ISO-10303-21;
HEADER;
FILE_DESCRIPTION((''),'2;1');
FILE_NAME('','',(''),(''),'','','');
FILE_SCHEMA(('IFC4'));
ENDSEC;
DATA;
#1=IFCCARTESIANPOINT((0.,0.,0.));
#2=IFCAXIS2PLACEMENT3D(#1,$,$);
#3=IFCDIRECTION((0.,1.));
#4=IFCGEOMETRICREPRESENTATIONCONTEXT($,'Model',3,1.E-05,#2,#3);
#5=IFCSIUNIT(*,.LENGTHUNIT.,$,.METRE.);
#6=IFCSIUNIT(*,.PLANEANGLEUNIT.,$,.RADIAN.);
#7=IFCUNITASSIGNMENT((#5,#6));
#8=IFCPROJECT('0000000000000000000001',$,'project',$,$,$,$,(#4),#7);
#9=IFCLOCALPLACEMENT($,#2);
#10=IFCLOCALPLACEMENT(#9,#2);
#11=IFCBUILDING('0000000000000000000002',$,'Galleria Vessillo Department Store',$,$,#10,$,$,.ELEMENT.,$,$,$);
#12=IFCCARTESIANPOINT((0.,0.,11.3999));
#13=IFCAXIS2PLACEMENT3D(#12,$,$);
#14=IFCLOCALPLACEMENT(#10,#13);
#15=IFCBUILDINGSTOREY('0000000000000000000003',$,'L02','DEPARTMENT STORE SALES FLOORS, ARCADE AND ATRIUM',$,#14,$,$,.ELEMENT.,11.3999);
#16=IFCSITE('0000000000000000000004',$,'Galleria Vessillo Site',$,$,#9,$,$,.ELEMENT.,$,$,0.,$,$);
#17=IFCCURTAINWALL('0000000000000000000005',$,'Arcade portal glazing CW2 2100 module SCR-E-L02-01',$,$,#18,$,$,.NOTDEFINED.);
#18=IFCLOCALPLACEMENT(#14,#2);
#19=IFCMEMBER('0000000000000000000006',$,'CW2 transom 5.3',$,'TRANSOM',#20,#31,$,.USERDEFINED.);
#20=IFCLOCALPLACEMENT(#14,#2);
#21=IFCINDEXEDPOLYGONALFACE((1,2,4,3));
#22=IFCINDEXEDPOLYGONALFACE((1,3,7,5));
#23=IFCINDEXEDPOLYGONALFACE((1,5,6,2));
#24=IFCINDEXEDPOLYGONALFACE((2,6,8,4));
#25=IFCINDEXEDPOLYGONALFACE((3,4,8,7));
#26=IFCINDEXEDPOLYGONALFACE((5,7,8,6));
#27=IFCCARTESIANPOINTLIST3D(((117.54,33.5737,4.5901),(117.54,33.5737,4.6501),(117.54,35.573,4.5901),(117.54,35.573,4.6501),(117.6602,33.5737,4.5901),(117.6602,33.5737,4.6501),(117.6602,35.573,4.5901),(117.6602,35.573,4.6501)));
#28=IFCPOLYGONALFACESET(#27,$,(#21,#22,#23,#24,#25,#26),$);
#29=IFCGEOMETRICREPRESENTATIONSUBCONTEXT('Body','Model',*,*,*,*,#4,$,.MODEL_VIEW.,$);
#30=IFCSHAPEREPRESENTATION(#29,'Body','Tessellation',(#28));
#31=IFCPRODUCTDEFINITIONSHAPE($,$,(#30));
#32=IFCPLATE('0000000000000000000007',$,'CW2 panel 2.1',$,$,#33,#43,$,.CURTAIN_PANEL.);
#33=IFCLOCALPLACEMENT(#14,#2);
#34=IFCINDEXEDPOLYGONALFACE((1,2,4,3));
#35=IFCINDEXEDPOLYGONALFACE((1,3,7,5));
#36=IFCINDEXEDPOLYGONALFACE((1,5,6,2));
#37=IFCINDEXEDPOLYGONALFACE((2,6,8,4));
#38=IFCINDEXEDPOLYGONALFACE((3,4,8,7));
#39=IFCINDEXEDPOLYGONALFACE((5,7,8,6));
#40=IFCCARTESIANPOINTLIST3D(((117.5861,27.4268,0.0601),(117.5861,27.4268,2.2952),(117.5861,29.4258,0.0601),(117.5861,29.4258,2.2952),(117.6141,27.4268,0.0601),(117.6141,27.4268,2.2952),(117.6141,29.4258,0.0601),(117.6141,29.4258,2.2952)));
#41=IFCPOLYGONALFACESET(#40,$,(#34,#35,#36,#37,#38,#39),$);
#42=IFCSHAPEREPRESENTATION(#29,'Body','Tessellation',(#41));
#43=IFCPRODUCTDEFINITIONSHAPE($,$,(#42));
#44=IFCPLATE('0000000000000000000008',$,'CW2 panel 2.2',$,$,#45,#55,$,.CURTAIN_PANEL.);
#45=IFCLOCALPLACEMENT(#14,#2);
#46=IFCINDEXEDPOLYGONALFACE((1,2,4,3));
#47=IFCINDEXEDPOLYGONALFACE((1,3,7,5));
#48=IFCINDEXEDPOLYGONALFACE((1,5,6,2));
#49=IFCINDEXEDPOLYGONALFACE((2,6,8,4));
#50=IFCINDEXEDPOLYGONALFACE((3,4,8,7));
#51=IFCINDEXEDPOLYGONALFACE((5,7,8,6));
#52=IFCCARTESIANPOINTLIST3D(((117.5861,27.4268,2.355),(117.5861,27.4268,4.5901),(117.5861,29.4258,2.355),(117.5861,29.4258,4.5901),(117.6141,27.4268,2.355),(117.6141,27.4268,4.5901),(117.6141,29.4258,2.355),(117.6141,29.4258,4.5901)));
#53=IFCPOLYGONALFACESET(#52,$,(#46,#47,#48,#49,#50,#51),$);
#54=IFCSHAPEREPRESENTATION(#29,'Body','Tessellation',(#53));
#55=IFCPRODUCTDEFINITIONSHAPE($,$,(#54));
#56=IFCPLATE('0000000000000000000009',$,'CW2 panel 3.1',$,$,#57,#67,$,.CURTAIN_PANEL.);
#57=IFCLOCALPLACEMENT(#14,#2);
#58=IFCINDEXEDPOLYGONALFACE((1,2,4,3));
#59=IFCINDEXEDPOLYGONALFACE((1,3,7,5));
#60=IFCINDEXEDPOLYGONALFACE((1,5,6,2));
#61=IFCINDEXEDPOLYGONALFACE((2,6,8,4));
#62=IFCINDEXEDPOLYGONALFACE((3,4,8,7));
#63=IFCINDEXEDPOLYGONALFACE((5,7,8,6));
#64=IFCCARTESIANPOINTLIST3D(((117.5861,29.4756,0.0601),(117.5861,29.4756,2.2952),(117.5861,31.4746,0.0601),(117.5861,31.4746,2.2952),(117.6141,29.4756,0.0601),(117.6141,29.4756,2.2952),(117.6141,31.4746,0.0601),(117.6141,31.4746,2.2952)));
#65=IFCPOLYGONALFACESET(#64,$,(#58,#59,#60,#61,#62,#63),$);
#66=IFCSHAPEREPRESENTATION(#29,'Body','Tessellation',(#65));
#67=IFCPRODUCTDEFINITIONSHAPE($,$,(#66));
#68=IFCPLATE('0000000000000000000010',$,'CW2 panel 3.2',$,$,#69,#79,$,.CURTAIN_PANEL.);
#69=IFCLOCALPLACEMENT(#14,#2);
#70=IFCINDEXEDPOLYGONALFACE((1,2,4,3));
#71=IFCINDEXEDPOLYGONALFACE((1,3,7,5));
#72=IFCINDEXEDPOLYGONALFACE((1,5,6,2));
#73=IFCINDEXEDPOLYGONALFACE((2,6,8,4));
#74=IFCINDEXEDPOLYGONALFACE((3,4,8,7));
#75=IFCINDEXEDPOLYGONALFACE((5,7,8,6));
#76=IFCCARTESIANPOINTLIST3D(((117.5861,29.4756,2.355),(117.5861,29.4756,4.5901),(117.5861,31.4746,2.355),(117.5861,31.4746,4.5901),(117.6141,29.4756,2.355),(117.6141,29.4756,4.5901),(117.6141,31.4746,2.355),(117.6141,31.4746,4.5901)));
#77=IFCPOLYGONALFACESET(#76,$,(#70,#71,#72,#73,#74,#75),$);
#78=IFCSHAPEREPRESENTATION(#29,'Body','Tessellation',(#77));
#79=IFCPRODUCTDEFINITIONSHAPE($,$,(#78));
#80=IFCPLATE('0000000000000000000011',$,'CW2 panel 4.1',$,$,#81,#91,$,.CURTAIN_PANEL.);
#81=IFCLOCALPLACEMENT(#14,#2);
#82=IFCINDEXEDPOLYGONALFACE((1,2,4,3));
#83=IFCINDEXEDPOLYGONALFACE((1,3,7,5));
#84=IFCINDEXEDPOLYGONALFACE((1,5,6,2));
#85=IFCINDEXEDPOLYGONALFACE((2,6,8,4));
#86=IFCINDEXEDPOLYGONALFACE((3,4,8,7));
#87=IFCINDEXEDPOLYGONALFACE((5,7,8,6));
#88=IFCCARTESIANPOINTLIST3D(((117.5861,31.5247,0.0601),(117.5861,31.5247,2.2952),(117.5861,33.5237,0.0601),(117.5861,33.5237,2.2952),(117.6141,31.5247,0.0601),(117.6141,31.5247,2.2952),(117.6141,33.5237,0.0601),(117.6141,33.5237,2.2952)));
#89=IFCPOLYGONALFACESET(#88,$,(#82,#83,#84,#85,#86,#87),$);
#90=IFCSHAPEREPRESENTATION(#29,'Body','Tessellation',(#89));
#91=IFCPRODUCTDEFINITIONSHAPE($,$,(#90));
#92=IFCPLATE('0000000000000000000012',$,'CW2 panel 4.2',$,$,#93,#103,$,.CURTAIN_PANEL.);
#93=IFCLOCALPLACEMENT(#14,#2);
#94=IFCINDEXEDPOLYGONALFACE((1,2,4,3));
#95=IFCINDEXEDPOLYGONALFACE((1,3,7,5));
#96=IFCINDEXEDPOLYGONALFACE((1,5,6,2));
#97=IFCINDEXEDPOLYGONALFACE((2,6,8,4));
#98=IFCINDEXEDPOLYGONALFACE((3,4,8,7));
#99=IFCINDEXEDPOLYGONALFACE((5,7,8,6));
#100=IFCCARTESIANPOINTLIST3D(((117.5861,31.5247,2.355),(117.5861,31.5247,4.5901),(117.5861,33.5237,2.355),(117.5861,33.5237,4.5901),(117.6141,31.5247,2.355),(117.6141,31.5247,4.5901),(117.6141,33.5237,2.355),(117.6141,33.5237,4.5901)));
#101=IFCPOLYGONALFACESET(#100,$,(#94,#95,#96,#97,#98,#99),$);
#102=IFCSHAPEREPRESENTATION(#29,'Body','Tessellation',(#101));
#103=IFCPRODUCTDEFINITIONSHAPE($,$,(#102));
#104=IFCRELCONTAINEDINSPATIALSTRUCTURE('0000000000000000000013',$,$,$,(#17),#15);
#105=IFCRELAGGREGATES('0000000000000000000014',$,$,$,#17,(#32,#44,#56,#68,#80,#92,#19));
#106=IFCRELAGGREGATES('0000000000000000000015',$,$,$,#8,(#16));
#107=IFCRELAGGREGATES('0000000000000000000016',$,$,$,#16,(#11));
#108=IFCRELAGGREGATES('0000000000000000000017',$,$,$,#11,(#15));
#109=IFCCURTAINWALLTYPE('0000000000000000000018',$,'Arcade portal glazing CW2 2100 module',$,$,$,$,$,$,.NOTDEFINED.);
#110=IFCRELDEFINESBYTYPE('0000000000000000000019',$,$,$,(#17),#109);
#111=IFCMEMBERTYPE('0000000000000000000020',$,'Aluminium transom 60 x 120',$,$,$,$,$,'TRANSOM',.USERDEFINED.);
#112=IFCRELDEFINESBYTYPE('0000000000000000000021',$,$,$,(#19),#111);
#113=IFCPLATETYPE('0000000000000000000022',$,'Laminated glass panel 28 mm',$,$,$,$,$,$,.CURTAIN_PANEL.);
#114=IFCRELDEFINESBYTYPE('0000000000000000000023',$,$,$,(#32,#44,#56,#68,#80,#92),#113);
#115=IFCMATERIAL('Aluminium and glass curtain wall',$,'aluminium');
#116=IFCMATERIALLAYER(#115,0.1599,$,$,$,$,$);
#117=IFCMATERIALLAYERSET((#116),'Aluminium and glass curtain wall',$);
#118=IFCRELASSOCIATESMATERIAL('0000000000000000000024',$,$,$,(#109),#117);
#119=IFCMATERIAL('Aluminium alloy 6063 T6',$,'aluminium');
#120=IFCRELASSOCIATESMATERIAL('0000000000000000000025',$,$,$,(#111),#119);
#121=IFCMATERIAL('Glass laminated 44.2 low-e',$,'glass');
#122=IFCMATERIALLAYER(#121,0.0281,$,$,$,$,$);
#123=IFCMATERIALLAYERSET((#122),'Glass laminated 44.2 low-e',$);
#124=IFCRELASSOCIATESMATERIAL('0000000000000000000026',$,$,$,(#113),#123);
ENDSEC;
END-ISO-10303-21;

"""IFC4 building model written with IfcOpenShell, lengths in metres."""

from ifc_helpers import new_model, si_unit, direction, frame, origin, origin_2d, place, context, subcontext, project, spatial, rectangle, extrude, material, layer, layer_set, material_profile, profile_set, type_object, element, aggregate, save


model = new_model("IFC4")

# Units and contexts
model_context = context("Model", 3, precision=1e-05, world=origin(), true_north=direction((0.0, 1.0)))
body_context = subcontext(model_context, "Body", "Model", "MODEL_VIEW")
ifc_project = project(units=[si_unit("LENGTHUNIT", "METRE"), si_unit("PLANEANGLEUNIT", "RADIAN")], contexts=[model_context])

# Site, building, storey
site_placement = place(None, origin())
site = spatial("IfcSite", under=ifc_project, at=site_placement, Name="Galleria Vessillo Site", CompositionType="ELEMENT", RefElevation=0.0)
building_placement = place(site_placement, origin())
building = spatial("IfcBuilding", under=site, at=building_placement, Name="Galleria Vessillo Department Store", CompositionType="ELEMENT")
storey_placement = place(building_placement, frame((0.0, 0.0, 11.3999)))
storey = spatial("IfcBuildingStorey", under=building, at=storey_placement, Name="L02", Description="DEPARTMENT STORE SALES FLOORS, ARCADE AND ATRIUM", CompositionType="ELEMENT", Elevation=11.3999)

# Curtain wall, member, plates
ifc_material_1 = material(Name="Aluminium and glass curtain wall", Category="aluminium")
ifc_layer_1 = layer(ifc_material_1, 0.1599)
ifc_layer_set_1 = layer_set([ifc_layer_1], Name="Aluminium and glass curtain wall")
curtain_wall_type = type_object("IfcCurtainWallType", Name="Arcade portal glazing CW2 2100 module", PredefinedType="NOTDEFINED", material=ifc_layer_set_1)
curtain_wall_placement = place(storey_placement, origin())
curtain_wall = element("IfcCurtainWall", 1, at=curtain_wall_placement, inside=storey, type_object=curtain_wall_type, Name="Arcade portal glazing CW2 2100 module SCR-E-L02-01", PredefinedType="NOTDEFINED")
ifc_material_2 = material(Name="Aluminium alloy 6063 T6", Category="aluminium")
ifc_material_profile_1 = material_profile(ifc_material_2, rectangle(XDim=0.1201, YDim=0.0601, at=origin_2d()), Name="AL 60x120")
ifc_profile_set_1 = profile_set([ifc_material_profile_1], Name="Aluminium alloy 6063 T6")
member_type_1 = type_object("IfcMemberType", Name="Aluminium transom 60 x 120", ElementType="TRANSOM", PredefinedType="USERDEFINED", material=ifc_profile_set_1)
member_1_placement = place(storey_placement, frame((117.6001, 33.5737, 4.6201), z_axis=(0.0, 1.0, 0.0), x_axis=(-1.0, 0.0, 0.0)))
member_1 = element("IfcMember", 2, at=member_1_placement, type_object=member_type_1, Name="CW2 transom 5.3", ObjectType="TRANSOM", PredefinedType="USERDEFINED", context=body_context, shape_type="SweptSolid", body=[
    extrude(rectangle(XDim=0.1201, YDim=0.0601, at=origin_2d()), origin(), (0.0, 0.0, 1.0), 1.9993),
])
ifc_material_3 = material(Name="Glass laminated 44.2 low-e", Category="glass")
ifc_layer_2 = layer(ifc_material_3, 0.0281)
ifc_layer_set_2 = layer_set([ifc_layer_2], Name="Glass laminated 44.2 low-e")
plate_type = type_object("IfcPlateType", Name="Laminated glass panel 28 mm", PredefinedType="CURTAIN_PANEL", material=ifc_layer_set_2)
plate_1_placement = place(storey_placement, frame((117.6001, 28.4263, 0.0601), z_axis=(0.0, 0.0, 1.0), x_axis=(0.0, 1.0, 0.0)))
plate_1 = element("IfcPlate", 3, at=plate_1_placement, type_object=plate_type, Name="CW2 panel 2.1", PredefinedType="CURTAIN_PANEL", context=body_context, shape_type="SweptSolid", body=[
    extrude(rectangle(XDim=1.999, YDim=0.0281, at=origin_2d()), origin(), (0.0, 0.0, 1.0), 2.2351),
])
plate_2_placement = place(storey_placement, frame((117.6001, 28.4263, 2.355), z_axis=(0.0, 0.0, 1.0), x_axis=(0.0, 1.0, 0.0)))
plate_2 = element("IfcPlate", 4, at=plate_2_placement, type_object=plate_type, Name="CW2 panel 2.2", PredefinedType="CURTAIN_PANEL", context=body_context, shape_type="SweptSolid", body=[
    extrude(rectangle(XDim=1.999, YDim=0.0281, at=origin_2d()), origin(), (0.0, 0.0, 1.0), 2.2351),
])
plate_3_placement = place(storey_placement, frame((117.6001, 30.4751, 0.0601), z_axis=(0.0, 0.0, 1.0), x_axis=(0.0, 1.0, 0.0)))
plate_3 = element("IfcPlate", 5, at=plate_3_placement, type_object=plate_type, Name="CW2 panel 3.1", PredefinedType="CURTAIN_PANEL", context=body_context, shape_type="SweptSolid", body=[
    extrude(rectangle(XDim=1.999, YDim=0.0281, at=origin_2d()), origin(), (0.0, 0.0, 1.0), 2.2351),
])
plate_4_placement = place(storey_placement, frame((117.6001, 30.4751, 2.355), z_axis=(0.0, 0.0, 1.0), x_axis=(0.0, 1.0, 0.0)))
plate_4 = element("IfcPlate", 6, at=plate_4_placement, type_object=plate_type, Name="CW2 panel 3.2", PredefinedType="CURTAIN_PANEL", context=body_context, shape_type="SweptSolid", body=[
    extrude(rectangle(XDim=1.999, YDim=0.0281, at=origin_2d()), origin(), (0.0, 0.0, 1.0), 2.2351),
])
plate_5_placement = place(storey_placement, frame((117.6001, 32.5242, 0.0601), z_axis=(0.0, 0.0, 1.0), x_axis=(0.0, 1.0, 0.0)))
plate_5 = element("IfcPlate", 7, at=plate_5_placement, type_object=plate_type, Name="CW2 panel 4.1", PredefinedType="CURTAIN_PANEL", context=body_context, shape_type="SweptSolid", body=[
    extrude(rectangle(XDim=1.999, YDim=0.0281, at=origin_2d()), origin(), (0.0, 0.0, 1.0), 2.2351),
])
plate_6_placement = place(storey_placement, frame((117.6001, 32.5242, 2.355), z_axis=(0.0, 0.0, 1.0), x_axis=(0.0, 1.0, 0.0)))
plate_6 = element("IfcPlate", 8, at=plate_6_placement, type_object=plate_type, Name="CW2 panel 4.2", PredefinedType="CURTAIN_PANEL", context=body_context, shape_type="SweptSolid", body=[
    extrude(rectangle(XDim=1.999, YDim=0.0281, at=origin_2d()), origin(), (0.0, 0.0, 1.0), 2.2351),
])
aggregate(curtain_wall, [plate_1, plate_2, plate_3, plate_4, plate_5, plate_6, member_1])

save(model, "model.ifc")
